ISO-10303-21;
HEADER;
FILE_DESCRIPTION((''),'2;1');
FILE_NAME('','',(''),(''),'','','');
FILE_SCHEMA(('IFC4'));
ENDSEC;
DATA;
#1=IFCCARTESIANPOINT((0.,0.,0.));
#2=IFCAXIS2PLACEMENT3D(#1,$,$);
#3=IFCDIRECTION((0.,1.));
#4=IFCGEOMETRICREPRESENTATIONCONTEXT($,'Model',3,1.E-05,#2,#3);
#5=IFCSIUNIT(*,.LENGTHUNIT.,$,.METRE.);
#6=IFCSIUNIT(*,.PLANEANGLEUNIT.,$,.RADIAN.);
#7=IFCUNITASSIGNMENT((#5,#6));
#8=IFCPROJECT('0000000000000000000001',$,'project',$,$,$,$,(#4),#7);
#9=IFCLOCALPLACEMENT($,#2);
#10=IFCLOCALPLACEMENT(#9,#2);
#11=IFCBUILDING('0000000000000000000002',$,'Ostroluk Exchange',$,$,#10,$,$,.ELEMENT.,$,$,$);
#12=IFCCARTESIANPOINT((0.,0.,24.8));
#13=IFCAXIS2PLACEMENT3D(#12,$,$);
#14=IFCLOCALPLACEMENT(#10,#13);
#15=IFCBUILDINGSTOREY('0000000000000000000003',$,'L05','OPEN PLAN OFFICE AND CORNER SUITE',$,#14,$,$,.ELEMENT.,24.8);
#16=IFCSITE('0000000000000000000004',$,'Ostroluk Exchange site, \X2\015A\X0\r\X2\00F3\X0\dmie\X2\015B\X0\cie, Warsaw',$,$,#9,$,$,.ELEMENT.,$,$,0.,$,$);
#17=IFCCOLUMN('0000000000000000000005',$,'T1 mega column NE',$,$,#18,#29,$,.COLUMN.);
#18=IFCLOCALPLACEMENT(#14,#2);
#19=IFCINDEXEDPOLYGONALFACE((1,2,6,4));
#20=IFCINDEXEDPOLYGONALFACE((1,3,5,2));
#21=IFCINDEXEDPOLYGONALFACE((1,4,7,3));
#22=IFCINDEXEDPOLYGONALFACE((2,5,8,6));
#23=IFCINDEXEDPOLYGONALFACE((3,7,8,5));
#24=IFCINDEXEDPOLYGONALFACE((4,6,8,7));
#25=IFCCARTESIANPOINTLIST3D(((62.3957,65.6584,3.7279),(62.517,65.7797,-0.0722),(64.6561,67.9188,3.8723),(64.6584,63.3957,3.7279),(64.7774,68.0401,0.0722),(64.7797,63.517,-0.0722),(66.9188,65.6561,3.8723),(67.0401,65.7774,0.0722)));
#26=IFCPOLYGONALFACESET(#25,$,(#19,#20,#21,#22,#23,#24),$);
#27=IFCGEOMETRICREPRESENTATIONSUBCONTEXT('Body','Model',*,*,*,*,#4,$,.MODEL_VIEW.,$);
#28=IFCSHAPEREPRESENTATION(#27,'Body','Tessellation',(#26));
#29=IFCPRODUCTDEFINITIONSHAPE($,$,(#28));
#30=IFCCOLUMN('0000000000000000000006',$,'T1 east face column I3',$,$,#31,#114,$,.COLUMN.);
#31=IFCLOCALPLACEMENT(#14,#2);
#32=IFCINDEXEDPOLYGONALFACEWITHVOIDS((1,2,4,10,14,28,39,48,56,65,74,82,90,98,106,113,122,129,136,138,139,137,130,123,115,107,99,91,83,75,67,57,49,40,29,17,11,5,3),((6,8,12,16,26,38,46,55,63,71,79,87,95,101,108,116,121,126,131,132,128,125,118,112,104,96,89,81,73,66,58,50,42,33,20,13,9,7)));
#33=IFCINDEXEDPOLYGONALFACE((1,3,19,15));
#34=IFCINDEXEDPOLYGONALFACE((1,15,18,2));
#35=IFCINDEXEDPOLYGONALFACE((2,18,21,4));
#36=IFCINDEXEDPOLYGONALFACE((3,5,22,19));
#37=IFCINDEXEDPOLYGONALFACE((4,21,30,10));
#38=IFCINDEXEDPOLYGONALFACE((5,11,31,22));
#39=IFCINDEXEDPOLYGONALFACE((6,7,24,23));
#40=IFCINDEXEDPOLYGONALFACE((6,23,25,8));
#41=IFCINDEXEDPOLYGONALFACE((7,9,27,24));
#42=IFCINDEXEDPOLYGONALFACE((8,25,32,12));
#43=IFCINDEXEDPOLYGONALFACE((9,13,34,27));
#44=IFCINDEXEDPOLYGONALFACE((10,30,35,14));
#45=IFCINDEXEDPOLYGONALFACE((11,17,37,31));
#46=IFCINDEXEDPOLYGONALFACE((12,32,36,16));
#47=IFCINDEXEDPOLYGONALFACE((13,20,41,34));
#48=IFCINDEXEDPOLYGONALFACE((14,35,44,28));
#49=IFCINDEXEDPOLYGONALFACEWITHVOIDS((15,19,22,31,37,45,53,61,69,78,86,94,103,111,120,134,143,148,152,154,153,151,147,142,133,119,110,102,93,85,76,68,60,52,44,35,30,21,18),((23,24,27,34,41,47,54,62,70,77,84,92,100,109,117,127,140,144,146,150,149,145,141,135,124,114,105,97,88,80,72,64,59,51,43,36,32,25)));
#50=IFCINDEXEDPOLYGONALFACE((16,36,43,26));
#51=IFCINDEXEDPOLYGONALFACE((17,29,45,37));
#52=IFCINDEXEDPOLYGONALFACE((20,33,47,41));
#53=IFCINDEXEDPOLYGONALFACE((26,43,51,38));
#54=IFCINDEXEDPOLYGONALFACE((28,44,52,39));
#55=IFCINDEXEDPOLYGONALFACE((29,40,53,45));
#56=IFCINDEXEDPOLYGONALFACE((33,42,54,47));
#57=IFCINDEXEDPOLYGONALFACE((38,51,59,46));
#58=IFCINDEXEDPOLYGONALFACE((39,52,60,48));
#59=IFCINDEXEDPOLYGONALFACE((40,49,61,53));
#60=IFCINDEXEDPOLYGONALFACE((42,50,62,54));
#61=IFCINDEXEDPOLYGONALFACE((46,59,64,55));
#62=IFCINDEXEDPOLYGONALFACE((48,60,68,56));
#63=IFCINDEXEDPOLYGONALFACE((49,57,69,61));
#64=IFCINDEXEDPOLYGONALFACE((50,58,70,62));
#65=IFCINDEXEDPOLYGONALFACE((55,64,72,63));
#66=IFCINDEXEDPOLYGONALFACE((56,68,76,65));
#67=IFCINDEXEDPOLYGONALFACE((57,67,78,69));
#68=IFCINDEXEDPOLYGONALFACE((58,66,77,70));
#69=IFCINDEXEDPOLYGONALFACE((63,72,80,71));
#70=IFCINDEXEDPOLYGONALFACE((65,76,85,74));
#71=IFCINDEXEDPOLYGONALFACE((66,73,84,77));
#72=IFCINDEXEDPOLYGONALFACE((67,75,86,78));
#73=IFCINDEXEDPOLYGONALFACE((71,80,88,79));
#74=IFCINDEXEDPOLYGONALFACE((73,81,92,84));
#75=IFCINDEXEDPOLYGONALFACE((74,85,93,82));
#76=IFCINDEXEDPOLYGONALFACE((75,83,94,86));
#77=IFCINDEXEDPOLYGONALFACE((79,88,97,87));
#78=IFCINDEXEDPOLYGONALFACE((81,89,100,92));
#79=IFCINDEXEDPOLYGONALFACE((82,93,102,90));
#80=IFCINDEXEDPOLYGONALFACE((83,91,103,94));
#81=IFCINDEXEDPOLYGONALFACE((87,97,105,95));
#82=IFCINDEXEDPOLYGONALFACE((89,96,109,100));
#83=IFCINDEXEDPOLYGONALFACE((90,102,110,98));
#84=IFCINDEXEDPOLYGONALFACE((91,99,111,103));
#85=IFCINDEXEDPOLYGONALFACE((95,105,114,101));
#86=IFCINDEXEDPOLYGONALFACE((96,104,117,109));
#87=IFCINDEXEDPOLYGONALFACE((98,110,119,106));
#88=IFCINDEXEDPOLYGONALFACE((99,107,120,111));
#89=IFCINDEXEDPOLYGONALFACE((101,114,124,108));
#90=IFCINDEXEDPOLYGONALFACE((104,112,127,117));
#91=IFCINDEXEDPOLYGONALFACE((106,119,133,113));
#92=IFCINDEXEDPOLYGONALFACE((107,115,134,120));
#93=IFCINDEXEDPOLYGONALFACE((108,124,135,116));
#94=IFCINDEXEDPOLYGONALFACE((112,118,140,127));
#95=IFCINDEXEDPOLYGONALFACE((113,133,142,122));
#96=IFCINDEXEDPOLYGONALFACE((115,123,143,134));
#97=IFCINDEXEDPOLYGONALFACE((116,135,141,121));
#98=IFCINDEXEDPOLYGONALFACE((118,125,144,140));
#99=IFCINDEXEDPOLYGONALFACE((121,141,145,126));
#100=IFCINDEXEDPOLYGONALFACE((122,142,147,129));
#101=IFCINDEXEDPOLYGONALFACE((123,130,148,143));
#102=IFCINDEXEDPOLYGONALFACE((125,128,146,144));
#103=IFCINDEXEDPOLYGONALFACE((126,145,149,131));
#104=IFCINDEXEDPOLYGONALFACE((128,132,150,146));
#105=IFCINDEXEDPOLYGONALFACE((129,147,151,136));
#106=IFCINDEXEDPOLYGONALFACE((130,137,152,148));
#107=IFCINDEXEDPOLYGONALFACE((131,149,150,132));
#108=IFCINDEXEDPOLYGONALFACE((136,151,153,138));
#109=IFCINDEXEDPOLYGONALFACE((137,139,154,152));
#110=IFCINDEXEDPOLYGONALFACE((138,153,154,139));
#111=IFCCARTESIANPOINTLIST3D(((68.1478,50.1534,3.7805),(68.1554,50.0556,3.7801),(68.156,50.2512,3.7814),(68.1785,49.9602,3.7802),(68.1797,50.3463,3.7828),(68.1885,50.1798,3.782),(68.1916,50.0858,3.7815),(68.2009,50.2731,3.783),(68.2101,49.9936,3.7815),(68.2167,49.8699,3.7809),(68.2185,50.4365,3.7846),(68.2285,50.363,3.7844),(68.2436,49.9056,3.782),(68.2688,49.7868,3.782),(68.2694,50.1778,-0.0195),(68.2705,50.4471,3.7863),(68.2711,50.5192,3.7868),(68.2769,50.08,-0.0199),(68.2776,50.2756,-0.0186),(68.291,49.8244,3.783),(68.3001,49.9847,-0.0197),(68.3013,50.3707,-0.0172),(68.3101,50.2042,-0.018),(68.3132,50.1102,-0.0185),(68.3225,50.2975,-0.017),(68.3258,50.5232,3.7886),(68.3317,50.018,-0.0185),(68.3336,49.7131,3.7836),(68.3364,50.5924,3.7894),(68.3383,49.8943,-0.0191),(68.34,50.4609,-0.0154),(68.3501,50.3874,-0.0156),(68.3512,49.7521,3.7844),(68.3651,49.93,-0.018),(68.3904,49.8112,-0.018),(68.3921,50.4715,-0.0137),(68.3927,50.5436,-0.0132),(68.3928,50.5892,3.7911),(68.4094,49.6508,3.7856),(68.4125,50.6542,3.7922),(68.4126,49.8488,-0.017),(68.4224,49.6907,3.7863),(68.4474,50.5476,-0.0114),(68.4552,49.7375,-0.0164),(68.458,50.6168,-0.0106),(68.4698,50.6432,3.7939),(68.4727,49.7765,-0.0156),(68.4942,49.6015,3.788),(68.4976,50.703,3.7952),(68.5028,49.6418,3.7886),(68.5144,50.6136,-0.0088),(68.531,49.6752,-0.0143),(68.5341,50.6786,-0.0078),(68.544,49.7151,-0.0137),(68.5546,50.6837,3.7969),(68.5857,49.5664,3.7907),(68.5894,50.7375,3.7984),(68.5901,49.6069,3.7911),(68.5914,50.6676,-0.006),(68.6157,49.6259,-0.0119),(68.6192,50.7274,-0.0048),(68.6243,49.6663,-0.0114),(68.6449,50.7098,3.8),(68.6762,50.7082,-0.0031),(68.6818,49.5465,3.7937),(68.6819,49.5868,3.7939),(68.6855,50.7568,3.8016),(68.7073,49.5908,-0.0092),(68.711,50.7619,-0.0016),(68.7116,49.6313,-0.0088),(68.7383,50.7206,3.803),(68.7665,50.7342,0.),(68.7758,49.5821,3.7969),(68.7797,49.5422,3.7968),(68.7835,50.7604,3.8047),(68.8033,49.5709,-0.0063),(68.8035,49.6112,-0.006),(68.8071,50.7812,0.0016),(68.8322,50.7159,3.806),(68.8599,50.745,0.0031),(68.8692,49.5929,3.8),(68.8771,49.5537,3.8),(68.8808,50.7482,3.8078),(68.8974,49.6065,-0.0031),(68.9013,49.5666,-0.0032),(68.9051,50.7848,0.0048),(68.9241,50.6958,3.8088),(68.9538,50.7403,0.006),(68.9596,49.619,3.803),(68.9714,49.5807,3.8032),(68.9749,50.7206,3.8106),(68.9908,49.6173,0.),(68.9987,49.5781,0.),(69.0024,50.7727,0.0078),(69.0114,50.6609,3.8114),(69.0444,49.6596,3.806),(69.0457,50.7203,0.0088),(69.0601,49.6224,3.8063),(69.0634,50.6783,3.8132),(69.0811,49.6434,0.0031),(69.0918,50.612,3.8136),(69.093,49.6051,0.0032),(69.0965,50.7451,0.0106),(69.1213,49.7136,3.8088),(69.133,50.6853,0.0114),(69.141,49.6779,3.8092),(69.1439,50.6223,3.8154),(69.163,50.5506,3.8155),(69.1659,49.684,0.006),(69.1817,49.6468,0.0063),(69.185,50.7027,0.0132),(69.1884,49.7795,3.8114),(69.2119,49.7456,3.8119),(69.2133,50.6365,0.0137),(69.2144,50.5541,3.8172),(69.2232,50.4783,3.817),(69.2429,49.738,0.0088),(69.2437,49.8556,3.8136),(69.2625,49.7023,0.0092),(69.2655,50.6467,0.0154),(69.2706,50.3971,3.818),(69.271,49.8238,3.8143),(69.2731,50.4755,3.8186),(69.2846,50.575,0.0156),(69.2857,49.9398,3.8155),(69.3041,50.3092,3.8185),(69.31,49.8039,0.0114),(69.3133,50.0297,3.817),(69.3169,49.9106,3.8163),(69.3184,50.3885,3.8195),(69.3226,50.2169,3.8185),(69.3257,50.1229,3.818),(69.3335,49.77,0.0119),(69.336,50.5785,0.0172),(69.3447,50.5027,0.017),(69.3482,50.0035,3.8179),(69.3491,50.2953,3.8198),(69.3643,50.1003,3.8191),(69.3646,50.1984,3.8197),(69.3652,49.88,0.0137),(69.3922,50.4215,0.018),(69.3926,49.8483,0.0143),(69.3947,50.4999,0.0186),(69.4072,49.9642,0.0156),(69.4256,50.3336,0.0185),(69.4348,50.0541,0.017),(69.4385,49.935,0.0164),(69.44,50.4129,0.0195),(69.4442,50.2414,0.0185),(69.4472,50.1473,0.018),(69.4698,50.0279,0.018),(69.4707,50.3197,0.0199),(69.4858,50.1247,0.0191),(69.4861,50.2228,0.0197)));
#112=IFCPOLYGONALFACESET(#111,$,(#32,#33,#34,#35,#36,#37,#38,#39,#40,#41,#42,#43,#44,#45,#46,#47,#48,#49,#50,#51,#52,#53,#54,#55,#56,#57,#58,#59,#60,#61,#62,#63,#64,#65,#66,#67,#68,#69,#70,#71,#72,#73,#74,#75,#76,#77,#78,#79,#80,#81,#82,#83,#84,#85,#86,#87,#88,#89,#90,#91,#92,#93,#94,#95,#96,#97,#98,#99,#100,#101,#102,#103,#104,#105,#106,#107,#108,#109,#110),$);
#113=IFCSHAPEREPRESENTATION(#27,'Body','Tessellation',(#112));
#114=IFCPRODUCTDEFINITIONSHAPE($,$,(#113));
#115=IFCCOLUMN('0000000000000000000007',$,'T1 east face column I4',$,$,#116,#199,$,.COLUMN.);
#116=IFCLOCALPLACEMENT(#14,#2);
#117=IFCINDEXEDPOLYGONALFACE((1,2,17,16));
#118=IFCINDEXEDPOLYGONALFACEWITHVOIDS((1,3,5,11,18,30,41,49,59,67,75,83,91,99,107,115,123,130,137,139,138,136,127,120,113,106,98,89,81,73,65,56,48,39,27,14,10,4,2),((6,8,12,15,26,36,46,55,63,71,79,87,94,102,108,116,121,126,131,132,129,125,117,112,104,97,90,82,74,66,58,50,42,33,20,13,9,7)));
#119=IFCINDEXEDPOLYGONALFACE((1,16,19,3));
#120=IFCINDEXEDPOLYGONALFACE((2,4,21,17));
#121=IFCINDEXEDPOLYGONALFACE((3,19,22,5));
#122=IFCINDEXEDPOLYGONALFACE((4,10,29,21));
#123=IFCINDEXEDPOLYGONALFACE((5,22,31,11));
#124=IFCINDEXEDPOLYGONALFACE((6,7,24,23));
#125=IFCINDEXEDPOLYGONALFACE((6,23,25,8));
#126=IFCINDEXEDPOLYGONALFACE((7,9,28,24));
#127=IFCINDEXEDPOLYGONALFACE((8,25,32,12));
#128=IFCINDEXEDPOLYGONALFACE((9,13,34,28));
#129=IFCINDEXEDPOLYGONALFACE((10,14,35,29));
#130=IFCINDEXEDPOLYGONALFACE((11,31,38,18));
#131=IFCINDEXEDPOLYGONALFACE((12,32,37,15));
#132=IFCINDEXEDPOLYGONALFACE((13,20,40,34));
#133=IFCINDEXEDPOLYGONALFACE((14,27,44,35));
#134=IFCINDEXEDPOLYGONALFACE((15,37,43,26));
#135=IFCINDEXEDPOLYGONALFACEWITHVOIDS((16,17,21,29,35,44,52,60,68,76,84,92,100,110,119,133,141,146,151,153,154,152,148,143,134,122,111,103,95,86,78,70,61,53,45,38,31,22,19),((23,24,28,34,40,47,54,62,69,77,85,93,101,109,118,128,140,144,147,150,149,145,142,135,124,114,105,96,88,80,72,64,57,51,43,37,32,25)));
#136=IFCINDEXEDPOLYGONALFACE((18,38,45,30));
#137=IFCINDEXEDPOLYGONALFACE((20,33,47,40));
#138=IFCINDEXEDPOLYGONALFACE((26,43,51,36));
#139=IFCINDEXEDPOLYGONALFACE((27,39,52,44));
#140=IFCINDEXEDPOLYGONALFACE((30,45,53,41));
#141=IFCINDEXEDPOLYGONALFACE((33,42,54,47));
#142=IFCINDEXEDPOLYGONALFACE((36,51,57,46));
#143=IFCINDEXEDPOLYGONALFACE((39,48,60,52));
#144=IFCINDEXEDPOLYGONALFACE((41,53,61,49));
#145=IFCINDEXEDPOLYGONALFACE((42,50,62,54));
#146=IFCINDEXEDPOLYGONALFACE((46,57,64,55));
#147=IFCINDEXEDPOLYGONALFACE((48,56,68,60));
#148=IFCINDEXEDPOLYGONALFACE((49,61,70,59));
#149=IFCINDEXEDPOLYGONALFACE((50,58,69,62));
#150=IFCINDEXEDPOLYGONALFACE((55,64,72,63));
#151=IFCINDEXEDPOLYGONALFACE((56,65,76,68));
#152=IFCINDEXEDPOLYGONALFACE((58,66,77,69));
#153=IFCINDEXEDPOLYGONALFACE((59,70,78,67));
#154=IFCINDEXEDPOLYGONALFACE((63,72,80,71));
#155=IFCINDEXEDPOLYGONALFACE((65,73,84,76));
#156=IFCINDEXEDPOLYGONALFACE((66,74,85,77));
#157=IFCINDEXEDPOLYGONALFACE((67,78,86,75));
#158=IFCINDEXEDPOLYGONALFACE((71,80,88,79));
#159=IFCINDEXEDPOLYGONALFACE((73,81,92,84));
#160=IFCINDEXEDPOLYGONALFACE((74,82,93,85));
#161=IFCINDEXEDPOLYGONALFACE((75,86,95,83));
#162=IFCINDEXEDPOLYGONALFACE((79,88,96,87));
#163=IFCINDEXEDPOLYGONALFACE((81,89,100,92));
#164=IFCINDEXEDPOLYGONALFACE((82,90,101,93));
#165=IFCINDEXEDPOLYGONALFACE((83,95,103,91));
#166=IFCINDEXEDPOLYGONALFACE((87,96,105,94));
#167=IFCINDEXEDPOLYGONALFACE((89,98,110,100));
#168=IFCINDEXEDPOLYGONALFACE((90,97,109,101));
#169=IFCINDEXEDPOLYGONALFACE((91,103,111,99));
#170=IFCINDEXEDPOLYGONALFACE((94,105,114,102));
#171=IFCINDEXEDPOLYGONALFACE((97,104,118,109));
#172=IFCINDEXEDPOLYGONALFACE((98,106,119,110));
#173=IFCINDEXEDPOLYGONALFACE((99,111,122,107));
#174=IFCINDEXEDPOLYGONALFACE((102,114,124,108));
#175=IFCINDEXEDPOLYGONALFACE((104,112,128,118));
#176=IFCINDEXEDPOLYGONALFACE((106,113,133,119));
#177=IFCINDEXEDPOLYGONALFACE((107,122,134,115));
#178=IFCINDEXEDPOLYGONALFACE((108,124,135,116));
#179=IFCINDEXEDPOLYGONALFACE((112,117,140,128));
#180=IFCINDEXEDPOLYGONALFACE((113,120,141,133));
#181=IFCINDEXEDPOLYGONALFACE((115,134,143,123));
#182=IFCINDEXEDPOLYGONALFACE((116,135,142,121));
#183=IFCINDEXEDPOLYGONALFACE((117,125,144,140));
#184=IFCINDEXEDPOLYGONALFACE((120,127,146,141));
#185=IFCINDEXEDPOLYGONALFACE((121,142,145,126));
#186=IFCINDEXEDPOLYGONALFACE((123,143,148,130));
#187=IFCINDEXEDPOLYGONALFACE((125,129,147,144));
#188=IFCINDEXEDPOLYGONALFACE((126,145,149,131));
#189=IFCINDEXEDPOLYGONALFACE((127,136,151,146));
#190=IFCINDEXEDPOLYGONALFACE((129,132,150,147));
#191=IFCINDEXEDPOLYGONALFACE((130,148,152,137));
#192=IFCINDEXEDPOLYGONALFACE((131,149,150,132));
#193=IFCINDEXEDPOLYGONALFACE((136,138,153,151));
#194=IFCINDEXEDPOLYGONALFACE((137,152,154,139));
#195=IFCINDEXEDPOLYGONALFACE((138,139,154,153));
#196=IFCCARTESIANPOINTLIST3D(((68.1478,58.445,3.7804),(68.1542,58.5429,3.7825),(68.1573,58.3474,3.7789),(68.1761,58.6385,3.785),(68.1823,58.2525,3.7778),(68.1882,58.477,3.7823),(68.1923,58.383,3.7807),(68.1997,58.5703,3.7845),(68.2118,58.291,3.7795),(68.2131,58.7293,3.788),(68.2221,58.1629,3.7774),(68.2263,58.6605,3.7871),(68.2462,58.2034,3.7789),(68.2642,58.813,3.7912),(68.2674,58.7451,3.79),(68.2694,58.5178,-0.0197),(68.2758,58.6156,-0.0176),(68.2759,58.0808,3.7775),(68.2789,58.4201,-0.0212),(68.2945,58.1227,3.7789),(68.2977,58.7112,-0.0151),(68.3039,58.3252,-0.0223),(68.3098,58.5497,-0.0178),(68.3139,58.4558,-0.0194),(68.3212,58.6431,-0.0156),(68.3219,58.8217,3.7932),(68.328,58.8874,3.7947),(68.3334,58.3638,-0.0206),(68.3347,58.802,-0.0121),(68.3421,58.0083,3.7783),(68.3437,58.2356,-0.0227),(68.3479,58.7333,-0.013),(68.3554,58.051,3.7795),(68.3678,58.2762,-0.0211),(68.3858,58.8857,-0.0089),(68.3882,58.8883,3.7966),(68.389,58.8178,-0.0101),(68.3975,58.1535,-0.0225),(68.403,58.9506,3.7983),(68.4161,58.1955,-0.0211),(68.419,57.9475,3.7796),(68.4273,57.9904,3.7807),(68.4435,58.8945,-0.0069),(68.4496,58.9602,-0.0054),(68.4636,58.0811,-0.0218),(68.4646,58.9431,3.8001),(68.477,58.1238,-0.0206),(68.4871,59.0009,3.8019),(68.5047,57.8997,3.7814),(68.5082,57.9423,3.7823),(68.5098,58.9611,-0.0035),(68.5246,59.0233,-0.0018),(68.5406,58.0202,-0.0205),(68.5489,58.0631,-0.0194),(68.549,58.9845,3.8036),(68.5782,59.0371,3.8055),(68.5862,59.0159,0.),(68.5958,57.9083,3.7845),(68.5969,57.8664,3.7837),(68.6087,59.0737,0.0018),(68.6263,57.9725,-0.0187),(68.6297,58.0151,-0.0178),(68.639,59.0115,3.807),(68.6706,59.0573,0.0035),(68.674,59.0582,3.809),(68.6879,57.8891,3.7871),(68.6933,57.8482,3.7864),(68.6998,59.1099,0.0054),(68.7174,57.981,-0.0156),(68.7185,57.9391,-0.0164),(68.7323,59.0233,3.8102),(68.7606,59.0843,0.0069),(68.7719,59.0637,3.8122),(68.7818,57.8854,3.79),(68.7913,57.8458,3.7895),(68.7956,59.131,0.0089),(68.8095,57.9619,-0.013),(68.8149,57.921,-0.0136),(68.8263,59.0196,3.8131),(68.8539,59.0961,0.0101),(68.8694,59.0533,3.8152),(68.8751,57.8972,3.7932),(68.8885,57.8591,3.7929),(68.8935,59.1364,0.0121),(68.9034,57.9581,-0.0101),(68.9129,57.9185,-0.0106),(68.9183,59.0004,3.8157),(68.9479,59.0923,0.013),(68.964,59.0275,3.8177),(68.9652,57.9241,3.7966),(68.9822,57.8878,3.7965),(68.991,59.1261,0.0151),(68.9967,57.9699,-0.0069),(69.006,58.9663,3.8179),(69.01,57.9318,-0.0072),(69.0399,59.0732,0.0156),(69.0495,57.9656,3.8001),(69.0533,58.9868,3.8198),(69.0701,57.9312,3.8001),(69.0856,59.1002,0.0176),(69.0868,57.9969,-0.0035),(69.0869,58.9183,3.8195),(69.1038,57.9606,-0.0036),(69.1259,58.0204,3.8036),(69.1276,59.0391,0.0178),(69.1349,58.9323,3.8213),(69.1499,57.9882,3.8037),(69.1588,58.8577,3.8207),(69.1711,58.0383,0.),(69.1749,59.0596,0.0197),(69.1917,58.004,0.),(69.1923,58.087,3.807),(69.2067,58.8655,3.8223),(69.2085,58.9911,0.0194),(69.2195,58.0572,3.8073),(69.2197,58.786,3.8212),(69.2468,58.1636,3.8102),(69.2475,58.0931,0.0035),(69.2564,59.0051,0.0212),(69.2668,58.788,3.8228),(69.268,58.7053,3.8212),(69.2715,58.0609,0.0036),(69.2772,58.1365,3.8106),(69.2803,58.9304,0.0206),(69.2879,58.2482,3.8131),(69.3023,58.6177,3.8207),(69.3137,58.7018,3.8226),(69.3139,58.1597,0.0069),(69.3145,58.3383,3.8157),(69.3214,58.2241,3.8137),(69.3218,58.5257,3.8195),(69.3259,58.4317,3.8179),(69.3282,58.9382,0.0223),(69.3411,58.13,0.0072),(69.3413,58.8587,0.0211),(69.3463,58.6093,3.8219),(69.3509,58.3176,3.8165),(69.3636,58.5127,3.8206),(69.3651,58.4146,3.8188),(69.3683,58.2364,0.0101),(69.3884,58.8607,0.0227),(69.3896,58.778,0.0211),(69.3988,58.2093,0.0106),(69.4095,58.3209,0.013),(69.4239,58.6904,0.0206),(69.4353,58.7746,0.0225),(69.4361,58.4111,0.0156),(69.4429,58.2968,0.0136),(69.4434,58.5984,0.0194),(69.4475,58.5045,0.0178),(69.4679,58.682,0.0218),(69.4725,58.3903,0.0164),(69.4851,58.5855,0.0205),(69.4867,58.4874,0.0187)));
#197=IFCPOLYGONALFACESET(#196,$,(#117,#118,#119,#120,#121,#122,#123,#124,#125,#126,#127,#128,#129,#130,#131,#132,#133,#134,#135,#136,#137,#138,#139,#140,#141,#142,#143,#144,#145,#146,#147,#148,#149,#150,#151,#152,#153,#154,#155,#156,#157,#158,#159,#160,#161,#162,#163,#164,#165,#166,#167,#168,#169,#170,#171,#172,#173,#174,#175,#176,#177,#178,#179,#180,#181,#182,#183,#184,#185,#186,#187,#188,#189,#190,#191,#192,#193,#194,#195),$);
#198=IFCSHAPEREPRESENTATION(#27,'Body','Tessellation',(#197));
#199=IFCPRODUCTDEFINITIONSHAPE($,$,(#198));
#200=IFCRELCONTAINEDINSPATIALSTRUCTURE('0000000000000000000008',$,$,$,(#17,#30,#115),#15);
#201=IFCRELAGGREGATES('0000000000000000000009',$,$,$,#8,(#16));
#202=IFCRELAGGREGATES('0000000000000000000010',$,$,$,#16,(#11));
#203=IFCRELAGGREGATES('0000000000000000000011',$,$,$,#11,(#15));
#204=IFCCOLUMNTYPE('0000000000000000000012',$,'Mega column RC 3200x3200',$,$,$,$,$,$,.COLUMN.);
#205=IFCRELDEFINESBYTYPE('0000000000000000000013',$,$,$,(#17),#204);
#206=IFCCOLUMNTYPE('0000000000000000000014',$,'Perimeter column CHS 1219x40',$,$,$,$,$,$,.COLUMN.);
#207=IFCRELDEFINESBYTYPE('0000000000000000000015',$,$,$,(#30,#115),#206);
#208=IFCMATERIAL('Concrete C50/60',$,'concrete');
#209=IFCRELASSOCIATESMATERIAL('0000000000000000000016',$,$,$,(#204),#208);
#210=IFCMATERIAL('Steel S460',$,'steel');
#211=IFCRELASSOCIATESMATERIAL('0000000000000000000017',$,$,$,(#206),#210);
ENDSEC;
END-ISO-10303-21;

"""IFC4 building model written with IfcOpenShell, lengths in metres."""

from ifc_helpers import new_model, si_unit, direction, frame, origin, origin_2d, place, context, subcontext, project, spatial, rectangle, hollow_circle, extrude, material, material_profile, profile_set, type_object, element, save


model = new_model("IFC4")

# Units and contexts
model_context = context("Model", 3, precision=1e-05, world=origin(), true_north=direction((0.0, 1.0)))
body_context = subcontext(model_context, "Body", "Model", "MODEL_VIEW")
ifc_project = project(units=[si_unit("LENGTHUNIT", "METRE"), si_unit("PLANEANGLEUNIT", "RADIAN")], contexts=[model_context])

# Site, building, storey
site_placement = place(None, origin())
site = spatial("IfcSite", under=ifc_project, at=site_placement, Name="Ostroluk Exchange site, Śródmieście, Warsaw", CompositionType="ELEMENT", RefElevation=0.0)
building_placement = place(site_placement, origin())
building = spatial("IfcBuilding", under=site, at=building_placement, Name="Ostroluk Exchange", CompositionType="ELEMENT")
storey_placement = place(building_placement, frame((0.0, 0.0, 24.8)))
storey = spatial("IfcBuildingStorey", under=building, at=storey_placement, Name="L05", Description="OPEN PLAN OFFICE AND CORNER SUITE", CompositionType="ELEMENT", Elevation=24.8)

# Columns
ifc_material_1 = material(Name="Concrete C50/60", Category="concrete")
ifc_material_profile_1 = material_profile(ifc_material_1, rectangle(XDim=3.2, YDim=3.2, at=origin_2d()), Name="RC 3200x3200")
ifc_profile_set_1 = profile_set([ifc_material_profile_1], Name="Concrete C50/60")
column_type_1 = type_object("IfcColumnType", Name="Mega column RC 3200x3200", PredefinedType="COLUMN", material=ifc_profile_set_1)
column_1_placement = place(storey_placement, frame((64.7786, 65.7786, 0.0), z_axis=(-0.031898, -0.031898, 0.998982), x_axis=(0.707107, -0.707107, 0.0)))
element("IfcColumn", 1, at=column_1_placement, inside=storey, type_object=column_type_1, Name="T1 mega column NE", PredefinedType="COLUMN", context=body_context, shape_type="SweptSolid", body=[
    extrude(rectangle(XDim=3.2, YDim=3.2, at=origin_2d()), origin(), (0.0, 0.0, 1.0), 3.804),
])
ifc_material_2 = material(Name="Steel S460", Category="steel")
ifc_material_profile_2 = material_profile(ifc_material_2, hollow_circle(Radius=0.6096, WallThickness=0.04, at=origin_2d()), Name="CHS 1219x40")
ifc_profile_set_2 = profile_set([ifc_material_profile_2], Name="Steel S460")
column_type_2 = type_object("IfcColumnType", Name="Perimeter column CHS 1219x40", PredefinedType="COLUMN", material=ifc_profile_set_2)
column_2_placement = place(storey_placement, frame((68.8787, 50.1758, 0.0), z_axis=(-0.031978, -0.006421, 0.999468), x_axis=(0.196873, -0.980429, 0.0)))
element("IfcColumn", 2, at=column_2_placement, inside=storey, type_object=column_type_2, Name="T1 east face column I3", PredefinedType="COLUMN", context=body_context, shape_type="SweptSolid", body=[
    extrude(hollow_circle(Radius=0.6096, WallThickness=0.04, at=origin_2d()), origin(), (0.0, 0.0, 1.0), 3.802),
])
column_3_placement = place(storey_placement, frame((68.8787, 58.5271, 0.0), z_axis=(-0.031973, -0.019132, 0.999306), x_axis=(0.513482, -0.8581, 0.0)))
element("IfcColumn", 3, at=column_3_placement, inside=storey, type_object=column_type_2, Name="T1 east face column I4", PredefinedType="COLUMN", context=body_context, shape_type="SweptSolid", body=[
    extrude(hollow_circle(Radius=0.6096, WallThickness=0.04, at=origin_2d()), origin(), (0.0, 0.0, 1.0), 3.8027),
])

save(model, "model.ifc")
